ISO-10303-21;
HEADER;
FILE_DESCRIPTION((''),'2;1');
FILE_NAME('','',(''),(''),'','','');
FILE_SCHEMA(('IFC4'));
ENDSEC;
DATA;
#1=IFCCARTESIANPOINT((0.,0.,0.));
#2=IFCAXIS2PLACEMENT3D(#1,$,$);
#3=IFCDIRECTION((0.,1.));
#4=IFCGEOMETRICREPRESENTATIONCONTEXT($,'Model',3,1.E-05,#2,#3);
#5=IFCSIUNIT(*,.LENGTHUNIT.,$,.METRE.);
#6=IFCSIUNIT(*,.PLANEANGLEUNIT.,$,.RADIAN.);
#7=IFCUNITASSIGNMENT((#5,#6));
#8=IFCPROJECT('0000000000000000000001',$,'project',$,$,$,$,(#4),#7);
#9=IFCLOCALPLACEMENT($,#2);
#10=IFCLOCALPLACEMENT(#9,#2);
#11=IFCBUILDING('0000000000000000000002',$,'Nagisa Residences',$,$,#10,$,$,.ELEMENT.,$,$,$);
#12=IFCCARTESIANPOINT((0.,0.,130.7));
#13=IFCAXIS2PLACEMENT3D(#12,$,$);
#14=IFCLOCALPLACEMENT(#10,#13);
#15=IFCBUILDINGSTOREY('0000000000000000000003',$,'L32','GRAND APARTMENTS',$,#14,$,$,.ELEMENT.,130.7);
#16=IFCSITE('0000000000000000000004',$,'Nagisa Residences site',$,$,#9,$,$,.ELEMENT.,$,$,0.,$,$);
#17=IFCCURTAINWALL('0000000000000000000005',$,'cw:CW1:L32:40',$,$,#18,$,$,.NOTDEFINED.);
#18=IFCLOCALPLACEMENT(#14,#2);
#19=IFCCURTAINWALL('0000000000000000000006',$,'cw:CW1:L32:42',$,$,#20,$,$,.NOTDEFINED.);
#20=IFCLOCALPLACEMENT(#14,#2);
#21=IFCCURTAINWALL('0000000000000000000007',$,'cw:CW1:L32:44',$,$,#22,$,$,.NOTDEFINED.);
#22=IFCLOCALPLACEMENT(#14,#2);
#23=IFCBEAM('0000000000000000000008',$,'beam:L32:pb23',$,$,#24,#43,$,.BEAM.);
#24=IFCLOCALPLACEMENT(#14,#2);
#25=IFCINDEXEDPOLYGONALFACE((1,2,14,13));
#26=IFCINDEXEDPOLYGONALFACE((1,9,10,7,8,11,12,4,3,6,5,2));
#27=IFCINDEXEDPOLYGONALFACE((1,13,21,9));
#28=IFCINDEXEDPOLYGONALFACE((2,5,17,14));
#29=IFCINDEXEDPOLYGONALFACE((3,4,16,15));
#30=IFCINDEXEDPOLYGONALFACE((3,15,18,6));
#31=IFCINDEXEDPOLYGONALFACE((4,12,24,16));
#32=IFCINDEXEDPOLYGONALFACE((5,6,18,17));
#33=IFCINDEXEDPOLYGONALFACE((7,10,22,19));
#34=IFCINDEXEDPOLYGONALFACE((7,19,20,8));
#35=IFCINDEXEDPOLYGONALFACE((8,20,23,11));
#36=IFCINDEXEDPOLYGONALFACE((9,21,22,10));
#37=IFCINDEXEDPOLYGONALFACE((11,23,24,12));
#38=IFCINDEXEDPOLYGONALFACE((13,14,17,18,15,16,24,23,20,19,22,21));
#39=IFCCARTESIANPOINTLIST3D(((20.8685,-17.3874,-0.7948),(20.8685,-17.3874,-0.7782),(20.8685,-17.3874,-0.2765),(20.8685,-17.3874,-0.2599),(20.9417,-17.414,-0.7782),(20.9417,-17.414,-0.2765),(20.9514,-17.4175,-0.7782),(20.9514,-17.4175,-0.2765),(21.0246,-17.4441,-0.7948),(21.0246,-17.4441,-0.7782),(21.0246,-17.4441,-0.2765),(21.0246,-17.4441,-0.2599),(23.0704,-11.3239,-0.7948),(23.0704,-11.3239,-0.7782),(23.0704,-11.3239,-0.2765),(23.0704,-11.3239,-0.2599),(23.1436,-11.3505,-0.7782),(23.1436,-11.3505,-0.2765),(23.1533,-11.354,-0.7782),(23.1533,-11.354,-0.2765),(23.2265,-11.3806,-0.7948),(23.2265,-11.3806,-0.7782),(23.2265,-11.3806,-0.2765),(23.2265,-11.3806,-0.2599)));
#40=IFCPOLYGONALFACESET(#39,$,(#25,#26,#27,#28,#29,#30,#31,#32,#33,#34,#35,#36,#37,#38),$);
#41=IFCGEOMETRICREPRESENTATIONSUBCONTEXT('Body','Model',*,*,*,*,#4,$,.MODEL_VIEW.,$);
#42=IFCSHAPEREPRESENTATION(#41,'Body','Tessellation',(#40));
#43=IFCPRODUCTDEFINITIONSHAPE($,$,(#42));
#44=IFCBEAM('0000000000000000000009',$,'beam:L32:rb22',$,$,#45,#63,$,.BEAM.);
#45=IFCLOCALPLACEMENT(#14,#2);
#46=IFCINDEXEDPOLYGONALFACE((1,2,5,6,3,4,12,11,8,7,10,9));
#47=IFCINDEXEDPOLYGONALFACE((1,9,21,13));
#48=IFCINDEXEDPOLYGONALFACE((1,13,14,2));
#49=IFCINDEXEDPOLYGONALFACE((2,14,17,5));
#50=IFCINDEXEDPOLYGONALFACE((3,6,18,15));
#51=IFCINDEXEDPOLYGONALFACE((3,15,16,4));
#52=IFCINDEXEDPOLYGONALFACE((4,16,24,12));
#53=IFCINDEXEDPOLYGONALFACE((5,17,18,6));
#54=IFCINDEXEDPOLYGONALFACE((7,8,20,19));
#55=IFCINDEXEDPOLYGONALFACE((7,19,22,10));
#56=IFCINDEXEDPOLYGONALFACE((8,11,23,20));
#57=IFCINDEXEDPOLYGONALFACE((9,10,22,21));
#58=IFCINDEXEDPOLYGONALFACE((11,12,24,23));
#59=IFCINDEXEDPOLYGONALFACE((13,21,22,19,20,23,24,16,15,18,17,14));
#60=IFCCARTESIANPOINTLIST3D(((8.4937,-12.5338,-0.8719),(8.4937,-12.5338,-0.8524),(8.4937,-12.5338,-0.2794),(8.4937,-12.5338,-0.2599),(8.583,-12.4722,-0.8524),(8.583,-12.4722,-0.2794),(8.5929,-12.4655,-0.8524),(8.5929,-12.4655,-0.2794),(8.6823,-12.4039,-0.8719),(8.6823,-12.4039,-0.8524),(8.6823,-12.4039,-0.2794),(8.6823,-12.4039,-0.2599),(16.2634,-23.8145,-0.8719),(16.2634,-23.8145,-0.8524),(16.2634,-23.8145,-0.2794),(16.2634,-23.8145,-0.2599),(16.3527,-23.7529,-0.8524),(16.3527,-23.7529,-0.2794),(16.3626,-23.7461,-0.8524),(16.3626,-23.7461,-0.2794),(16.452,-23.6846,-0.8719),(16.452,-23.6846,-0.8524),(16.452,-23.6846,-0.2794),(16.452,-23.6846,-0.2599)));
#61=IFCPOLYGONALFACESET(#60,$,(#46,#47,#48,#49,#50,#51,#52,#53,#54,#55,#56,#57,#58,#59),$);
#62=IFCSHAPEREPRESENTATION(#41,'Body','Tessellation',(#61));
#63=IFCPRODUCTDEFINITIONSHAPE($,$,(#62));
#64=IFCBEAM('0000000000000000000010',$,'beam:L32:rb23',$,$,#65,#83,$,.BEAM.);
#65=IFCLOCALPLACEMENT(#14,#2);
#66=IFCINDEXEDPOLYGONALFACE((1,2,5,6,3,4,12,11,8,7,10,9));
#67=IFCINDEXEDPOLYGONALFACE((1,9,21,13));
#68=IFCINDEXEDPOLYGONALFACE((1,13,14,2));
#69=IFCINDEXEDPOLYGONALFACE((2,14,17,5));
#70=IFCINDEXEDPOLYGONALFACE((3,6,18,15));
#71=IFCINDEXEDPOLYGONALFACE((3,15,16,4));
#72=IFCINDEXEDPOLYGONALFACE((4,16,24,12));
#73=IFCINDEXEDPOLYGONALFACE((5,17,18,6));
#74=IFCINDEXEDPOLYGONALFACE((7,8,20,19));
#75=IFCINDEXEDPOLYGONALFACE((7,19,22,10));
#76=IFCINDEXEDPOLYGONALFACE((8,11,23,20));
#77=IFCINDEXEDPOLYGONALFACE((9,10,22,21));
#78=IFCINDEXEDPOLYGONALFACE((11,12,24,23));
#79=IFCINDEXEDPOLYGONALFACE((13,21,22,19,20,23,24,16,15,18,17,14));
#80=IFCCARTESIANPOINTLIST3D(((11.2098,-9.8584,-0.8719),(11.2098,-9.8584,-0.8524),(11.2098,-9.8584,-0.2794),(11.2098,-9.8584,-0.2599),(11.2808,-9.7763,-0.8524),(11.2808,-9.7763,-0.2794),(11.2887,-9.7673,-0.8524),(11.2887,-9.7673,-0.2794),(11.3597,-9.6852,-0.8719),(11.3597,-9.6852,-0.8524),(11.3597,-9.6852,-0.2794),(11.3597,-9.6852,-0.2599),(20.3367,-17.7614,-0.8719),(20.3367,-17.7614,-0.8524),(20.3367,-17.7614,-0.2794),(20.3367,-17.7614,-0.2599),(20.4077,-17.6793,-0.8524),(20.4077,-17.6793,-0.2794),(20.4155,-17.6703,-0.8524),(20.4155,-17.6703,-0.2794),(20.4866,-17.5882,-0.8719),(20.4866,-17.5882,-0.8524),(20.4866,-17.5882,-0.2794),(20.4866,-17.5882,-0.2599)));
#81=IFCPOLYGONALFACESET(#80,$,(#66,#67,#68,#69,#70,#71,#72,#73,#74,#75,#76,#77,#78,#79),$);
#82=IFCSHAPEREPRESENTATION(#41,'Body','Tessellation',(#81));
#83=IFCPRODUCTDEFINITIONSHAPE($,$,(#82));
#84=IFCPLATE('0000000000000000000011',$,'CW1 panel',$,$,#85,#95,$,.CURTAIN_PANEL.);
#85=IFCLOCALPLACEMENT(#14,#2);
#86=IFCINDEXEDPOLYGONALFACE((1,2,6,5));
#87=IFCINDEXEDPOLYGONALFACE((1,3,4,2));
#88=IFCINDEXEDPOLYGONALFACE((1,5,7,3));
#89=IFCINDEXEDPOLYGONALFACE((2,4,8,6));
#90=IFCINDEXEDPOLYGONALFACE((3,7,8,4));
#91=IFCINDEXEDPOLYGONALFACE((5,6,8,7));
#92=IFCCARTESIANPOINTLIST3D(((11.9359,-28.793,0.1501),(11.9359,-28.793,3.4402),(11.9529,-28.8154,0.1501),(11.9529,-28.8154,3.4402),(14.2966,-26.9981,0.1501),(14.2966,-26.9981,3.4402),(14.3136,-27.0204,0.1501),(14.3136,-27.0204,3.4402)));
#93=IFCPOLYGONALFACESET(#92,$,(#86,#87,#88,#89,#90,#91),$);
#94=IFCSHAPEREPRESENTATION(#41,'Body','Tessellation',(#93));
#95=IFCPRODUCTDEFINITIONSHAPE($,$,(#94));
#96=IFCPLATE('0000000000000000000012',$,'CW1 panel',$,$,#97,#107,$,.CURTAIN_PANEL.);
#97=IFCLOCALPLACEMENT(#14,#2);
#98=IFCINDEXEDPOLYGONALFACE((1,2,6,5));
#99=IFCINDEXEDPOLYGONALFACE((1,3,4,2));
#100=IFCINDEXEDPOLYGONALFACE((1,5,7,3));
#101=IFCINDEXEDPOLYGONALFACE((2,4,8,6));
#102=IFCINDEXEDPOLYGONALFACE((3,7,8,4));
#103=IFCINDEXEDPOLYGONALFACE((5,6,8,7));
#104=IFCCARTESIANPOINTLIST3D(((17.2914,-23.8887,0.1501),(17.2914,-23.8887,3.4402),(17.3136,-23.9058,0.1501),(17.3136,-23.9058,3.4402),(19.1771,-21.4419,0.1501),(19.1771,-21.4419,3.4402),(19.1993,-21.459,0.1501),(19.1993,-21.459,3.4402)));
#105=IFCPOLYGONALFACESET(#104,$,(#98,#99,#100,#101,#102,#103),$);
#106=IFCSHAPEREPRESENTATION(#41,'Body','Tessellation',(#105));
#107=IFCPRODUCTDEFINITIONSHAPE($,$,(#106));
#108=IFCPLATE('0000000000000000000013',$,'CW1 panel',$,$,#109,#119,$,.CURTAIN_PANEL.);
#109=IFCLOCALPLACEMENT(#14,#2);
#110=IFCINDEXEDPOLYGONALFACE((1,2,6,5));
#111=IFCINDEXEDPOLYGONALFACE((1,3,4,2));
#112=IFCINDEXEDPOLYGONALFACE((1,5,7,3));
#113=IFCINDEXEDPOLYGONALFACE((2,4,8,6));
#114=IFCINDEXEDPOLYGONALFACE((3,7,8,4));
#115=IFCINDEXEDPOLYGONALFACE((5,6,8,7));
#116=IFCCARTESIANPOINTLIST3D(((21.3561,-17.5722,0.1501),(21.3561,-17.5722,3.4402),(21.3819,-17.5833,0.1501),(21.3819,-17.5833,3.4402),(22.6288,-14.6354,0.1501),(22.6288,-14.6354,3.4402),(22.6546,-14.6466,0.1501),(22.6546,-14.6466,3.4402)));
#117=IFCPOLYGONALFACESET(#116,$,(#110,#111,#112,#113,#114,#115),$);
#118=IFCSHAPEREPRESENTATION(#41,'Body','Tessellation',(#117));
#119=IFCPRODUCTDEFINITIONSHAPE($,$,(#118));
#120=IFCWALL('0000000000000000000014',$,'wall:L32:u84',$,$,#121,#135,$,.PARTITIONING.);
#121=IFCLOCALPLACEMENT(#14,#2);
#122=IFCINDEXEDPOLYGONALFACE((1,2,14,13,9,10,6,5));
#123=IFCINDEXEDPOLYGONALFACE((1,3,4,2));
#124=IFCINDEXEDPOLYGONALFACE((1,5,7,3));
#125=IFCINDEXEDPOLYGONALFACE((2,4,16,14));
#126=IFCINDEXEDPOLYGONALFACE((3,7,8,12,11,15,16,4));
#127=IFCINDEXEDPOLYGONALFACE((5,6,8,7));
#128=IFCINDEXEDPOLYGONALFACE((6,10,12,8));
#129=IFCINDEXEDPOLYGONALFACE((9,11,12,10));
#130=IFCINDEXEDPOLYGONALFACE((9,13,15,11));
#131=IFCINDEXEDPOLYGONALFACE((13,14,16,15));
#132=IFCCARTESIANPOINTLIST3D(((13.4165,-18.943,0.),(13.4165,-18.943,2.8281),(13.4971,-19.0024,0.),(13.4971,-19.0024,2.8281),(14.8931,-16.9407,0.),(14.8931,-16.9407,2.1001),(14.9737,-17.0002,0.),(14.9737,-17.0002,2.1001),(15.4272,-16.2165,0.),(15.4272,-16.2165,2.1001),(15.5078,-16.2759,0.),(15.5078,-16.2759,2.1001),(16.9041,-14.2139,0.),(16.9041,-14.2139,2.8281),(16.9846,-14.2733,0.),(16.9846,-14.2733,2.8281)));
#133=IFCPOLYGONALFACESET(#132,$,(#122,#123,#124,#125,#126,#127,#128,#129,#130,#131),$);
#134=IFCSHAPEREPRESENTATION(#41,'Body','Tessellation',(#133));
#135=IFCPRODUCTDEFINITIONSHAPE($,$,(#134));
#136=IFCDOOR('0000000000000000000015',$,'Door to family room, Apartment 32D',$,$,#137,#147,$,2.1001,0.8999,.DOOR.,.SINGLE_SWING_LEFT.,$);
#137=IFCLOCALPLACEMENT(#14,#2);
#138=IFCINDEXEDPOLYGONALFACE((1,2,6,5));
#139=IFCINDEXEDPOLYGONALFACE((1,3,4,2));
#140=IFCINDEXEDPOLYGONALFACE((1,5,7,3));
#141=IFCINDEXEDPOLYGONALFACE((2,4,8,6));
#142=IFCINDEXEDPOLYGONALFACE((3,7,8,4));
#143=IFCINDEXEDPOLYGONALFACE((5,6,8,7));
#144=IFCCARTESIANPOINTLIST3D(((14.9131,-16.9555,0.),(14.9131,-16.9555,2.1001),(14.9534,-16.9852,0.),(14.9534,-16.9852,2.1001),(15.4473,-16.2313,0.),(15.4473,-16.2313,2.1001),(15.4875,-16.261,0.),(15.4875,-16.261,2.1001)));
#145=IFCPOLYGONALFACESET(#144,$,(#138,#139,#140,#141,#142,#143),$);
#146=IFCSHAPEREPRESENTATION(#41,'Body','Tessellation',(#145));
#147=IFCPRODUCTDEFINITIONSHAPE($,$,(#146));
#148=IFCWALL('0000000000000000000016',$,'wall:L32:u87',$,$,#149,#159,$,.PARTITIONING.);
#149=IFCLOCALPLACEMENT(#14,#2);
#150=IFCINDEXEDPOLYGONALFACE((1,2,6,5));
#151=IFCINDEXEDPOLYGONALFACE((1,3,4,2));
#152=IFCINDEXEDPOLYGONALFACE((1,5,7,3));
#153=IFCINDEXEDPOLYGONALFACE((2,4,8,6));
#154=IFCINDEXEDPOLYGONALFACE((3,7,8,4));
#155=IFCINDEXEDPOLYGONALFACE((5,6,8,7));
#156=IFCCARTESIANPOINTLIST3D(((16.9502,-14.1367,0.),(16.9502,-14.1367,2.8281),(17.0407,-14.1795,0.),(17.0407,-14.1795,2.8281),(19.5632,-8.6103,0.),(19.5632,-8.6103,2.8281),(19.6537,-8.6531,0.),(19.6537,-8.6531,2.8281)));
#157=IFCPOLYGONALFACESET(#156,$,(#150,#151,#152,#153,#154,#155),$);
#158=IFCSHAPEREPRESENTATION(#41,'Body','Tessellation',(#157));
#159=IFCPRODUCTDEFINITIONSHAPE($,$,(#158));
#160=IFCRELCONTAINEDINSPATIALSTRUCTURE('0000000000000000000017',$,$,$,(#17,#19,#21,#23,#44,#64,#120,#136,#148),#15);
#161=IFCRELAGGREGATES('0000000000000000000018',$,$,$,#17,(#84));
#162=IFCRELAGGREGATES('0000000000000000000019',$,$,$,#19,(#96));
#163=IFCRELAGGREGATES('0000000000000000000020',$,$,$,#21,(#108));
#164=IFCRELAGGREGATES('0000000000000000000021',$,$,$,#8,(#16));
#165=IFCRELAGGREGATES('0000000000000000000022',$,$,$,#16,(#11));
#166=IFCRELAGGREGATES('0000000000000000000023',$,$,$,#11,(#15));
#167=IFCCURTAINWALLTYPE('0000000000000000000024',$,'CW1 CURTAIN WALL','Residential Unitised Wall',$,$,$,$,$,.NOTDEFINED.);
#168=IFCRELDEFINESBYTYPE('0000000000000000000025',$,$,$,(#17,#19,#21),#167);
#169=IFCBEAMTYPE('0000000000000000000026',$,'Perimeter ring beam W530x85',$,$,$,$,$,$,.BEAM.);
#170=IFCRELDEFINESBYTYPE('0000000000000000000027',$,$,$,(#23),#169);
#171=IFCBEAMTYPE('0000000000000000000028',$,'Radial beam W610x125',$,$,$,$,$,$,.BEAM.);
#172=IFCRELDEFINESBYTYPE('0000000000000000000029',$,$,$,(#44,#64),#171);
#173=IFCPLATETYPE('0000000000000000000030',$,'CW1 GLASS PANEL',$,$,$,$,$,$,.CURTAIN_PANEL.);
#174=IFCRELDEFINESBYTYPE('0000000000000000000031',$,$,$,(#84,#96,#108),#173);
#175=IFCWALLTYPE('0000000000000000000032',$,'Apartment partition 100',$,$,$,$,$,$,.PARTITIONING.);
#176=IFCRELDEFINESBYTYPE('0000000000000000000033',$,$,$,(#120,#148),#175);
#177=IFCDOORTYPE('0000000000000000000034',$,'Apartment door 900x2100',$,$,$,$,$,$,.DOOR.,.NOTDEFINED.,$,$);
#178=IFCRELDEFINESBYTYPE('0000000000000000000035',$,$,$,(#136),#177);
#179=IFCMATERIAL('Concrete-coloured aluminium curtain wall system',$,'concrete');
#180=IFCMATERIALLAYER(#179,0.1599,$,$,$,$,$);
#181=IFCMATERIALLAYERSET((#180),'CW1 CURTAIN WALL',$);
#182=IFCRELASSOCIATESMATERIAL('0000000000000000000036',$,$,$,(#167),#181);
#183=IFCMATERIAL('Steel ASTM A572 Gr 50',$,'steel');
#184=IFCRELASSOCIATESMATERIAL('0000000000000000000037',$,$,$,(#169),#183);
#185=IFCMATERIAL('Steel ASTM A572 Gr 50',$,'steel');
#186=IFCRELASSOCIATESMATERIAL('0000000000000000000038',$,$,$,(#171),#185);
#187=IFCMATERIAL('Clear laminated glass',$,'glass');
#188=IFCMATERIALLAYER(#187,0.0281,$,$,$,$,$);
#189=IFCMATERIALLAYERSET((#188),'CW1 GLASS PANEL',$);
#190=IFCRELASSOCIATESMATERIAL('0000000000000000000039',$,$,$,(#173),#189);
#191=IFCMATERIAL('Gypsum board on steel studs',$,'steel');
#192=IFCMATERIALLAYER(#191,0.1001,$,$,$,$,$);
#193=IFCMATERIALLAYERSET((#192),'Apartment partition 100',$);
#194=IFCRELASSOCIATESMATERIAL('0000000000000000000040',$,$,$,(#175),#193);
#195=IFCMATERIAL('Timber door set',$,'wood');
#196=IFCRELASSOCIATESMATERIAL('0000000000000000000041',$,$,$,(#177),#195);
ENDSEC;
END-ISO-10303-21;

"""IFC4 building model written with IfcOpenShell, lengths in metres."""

from ifc_helpers import new_model, si_unit, direction, frame, frame_2d, origin, origin_2d, place, context, subcontext, project, spatial, rectangle, i_section, extrude, material, layer, layer_set, material_profile, profile_set, type_object, element, fill, aggregate, save


model = new_model("IFC4")

# Units and contexts
model_context = context("Model", 3, precision=1e-05, world=origin(), true_north=direction((0.0, 1.0)))
body_context = subcontext(model_context, "Body", "Model", "MODEL_VIEW")
ifc_project = project(units=[si_unit("LENGTHUNIT", "METRE"), si_unit("PLANEANGLEUNIT", "RADIAN")], contexts=[model_context])

# Site, building, storey
site_placement = place(None, origin())
site = spatial("IfcSite", under=ifc_project, at=site_placement, Name="Nagisa Residences site", CompositionType="ELEMENT", RefElevation=0.0)
building_placement = place(site_placement, origin())
building = spatial("IfcBuilding", under=site, at=building_placement, Name="Nagisa Residences", CompositionType="ELEMENT")
storey_placement = place(building_placement, frame((0.0, 0.0, 130.7)))
storey = spatial("IfcBuildingStorey", under=building, at=storey_placement, Name="L32", Description="GRAND APARTMENTS", CompositionType="ELEMENT", Elevation=130.7)

# Curtain walls
ifc_material_1 = material(Name="Concrete-coloured aluminium curtain wall system", Category="concrete")
ifc_layer_1 = layer(ifc_material_1, 0.1599)
ifc_layer_set_1 = layer_set([ifc_layer_1], Name="CW1 CURTAIN WALL")
curtain_wall_type = type_object("IfcCurtainWallType", Name="CW1 CURTAIN WALL", Description="Residential Unitised Wall", PredefinedType="NOTDEFINED", material=ifc_layer_set_1)
curtain_wall_1_placement = place(storey_placement, origin())
curtain_wall_1 = element("IfcCurtainWall", 1, at=curtain_wall_1_placement, inside=storey, type_object=curtain_wall_type, Name="cw:CW1:L32:40", PredefinedType="NOTDEFINED")
curtain_wall_2_placement = place(storey_placement, origin())
curtain_wall_2 = element("IfcCurtainWall", 2, at=curtain_wall_2_placement, inside=storey, type_object=curtain_wall_type, Name="cw:CW1:L32:42", PredefinedType="NOTDEFINED")
curtain_wall_3_placement = place(storey_placement, origin())
curtain_wall_3 = element("IfcCurtainWall", 3, at=curtain_wall_3_placement, inside=storey, type_object=curtain_wall_type, Name="cw:CW1:L32:44", PredefinedType="NOTDEFINED")

# Beams
ifc_material_2 = material(Name="Steel ASTM A572 Gr 50", Category="steel")
ifc_material_profile_1 = material_profile(ifc_material_2, i_section(OverallWidth=0.166, OverallDepth=0.5349, WebThickness=0.0103, FlangeThickness=0.0166, at=origin_2d()), Name="W530x85")
ifc_profile_set_1 = profile_set([ifc_material_profile_1], Name="Steel ASTM A572 Gr 50")
beam_type_1 = type_object("IfcBeamType", Name="Perimeter ring beam W530x85", PredefinedType="BEAM", material=ifc_profile_set_1)
beam_1_placement = place(storey_placement, frame((20.9465, -17.4158, -0.5273), z_axis=(0.341333, 0.939943, 0.0), x_axis=(-0.939943, 0.341333, 0.0)))
element("IfcBeam", 4, at=beam_1_placement, inside=storey, type_object=beam_type_1, Name="beam:L32:pb23", PredefinedType="BEAM", context=body_context, shape_type="SweptSolid", body=[
    extrude(i_section(OverallWidth=0.166, OverallDepth=0.5349, WebThickness=0.0103, FlangeThickness=0.0166, at=origin_2d()), origin(), (0.0, 0.0, 1.0), 6.4509),
])
ifc_material_3 = material(Name="Steel ASTM A572 Gr 50", Category="steel")
ifc_material_profile_2 = material_profile(ifc_material_3, i_section(OverallWidth=0.229, OverallDepth=0.6121, WebThickness=0.012, FlangeThickness=0.0195, at=origin_2d()), Name="W610x125")
ifc_profile_set_2 = profile_set([ifc_material_profile_2], Name="Steel ASTM A572 Gr 50")
beam_type_2 = type_object("IfcBeamType", Name="Radial beam W610x125", PredefinedType="BEAM", material=ifc_profile_set_2)
beam_2_placement = place(storey_placement, frame((16.3577, -23.7495, -0.5659), z_axis=(-0.567235, 0.823556, 0.0), x_axis=(-0.823556, -0.567235, 0.0)))
element("IfcBeam", 5, at=beam_2_placement, inside=storey, type_object=beam_type_2, Name="beam:L32:rb22", PredefinedType="BEAM", context=body_context, shape_type="SweptSolid", body=[
    extrude(i_section(OverallWidth=0.229, OverallDepth=0.6121, WebThickness=0.012, FlangeThickness=0.0195, at=origin_2d()), origin(), (0.0, 0.0, 1.0), 13.6975),
])
beam_3_placement = place(storey_placement, frame((20.4116, -17.6748, -0.5659), z_axis=(-0.755974, 0.654602, 0.0), x_axis=(-0.654602, -0.755974, 0.0)))
element("IfcBeam", 6, at=beam_3_placement, inside=storey, type_object=beam_type_2, Name="beam:L32:rb23", PredefinedType="BEAM", context=body_context, shape_type="SweptSolid", body=[
    extrude(i_section(OverallWidth=0.229, OverallDepth=0.6121, WebThickness=0.012, FlangeThickness=0.0195, at=origin_2d()), origin(), (0.0, 0.0, 1.0), 12.073),
])

# Plates
ifc_material_4 = material(Name="Clear laminated glass", Category="glass")
ifc_layer_2 = layer(ifc_material_4, 0.0281)
ifc_layer_set_2 = layer_set([ifc_layer_2], Name="CW1 GLASS PANEL")
plate_type = type_object("IfcPlateType", Name="CW1 GLASS PANEL", PredefinedType="CURTAIN_PANEL", material=ifc_layer_set_2)
plate_1_placement = place(storey_placement, frame((13.1248, -27.9067, 0.1501), z_axis=(0.0, 0.0, 1.0), x_axis=(0.796031, 0.605255, 0.0)))
plate_1 = element("IfcPlate", 7, at=plate_1_placement, type_object=plate_type, Name="CW1 panel", PredefinedType="CURTAIN_PANEL", context=body_context, shape_type="SweptSolid", body=[
    extrude(rectangle(XDim=2.9656, YDim=0.0281, at=origin_2d()), origin(), (0.0, 0.0, 1.0), 3.29),
])
aggregate(curtain_wall_1, [plate_1])
plate_2_placement = place(storey_placement, frame((18.2454, -22.6738, 0.1501), z_axis=(0.0, 0.0, 1.0), x_axis=(0.61043, 0.79207, 0.0)))
plate_2 = element("IfcPlate", 8, at=plate_2_placement, type_object=plate_type, Name="CW1 panel", PredefinedType="CURTAIN_PANEL", context=body_context, shape_type="SweptSolid", body=[
    extrude(rectangle(XDim=3.0891, YDim=0.0281, at=origin_2d()), origin(), (0.0, 0.0, 1.0), 3.29),
])
aggregate(curtain_wall_2, [plate_2])
plate_3_placement = place(storey_placement, frame((22.0054, -16.1094, 0.1501), z_axis=(0.0, 0.0, 1.0), x_axis=(0.397636, 0.917543, 0.0)))
plate_3 = element("IfcPlate", 9, at=plate_3_placement, type_object=plate_type, Name="CW1 panel", PredefinedType="CURTAIN_PANEL", context=body_context, shape_type="SweptSolid", body=[
    extrude(rectangle(XDim=3.2007, YDim=0.0281, at=origin_2d()), origin(), (0.0, 0.0, 1.0), 3.29),
])
aggregate(curtain_wall_3, [plate_3])

# Wall, opening, door
ifc_material_5 = material(Name="Gypsum board on steel studs", Category="steel")
ifc_layer_3 = layer(ifc_material_5, 0.1001)
ifc_layer_set_3 = layer_set([ifc_layer_3], Name="Apartment partition 100")
wall_type_1 = type_object("IfcWallType", Name="Apartment partition 100", PredefinedType="PARTITIONING", material=ifc_layer_set_3)
wall_1_placement = place(storey_placement, frame((13.4568, -18.9727, 0.0), z_axis=(0.0, 0.0, 1.0), x_axis=(0.593532, 0.80481, 0.0)))
wall_1 = element("IfcWall", 10, at=wall_1_placement, inside=storey, type_object=wall_type_1, Name="wall:L32:u84", PredefinedType="PARTITIONING", context=body_context, shape_type="SweptSolid", body=[
    extrude(rectangle(XDim=5.876, YDim=0.1001, at=frame_2d((2.938, 0.0))), origin(), (0.0, 0.0, 1.0), 2.8281),
])
opening_1_placement = place(wall_1_placement, frame((2.4878, 0.0, 0.0)))
opening_1 = element("IfcOpeningElement", 11, at=opening_1_placement, cuts=wall_1, PredefinedType="OPENING", context=body_context, shape_type="SweptSolid", body=[
    extrude(rectangle(XDim=0.8999, YDim=2.1001, at=frame_2d((0.45, 1.05))), frame((0.0, 0.0601, 0.0), z_axis=(0.0, -1.0, 0.0), x_axis=(1.0, 0.0, 0.0)), (0.0, 0.0, 1.0), 0.1201),
])
ifc_material_6 = material(Name="Timber door set", Category="wood")
door_type_1 = type_object("IfcDoorType", Name="Apartment door 900x2100", OperationType="NOTDEFINED", PredefinedType="DOOR", material=ifc_material_6)
door_1_placement = place(opening_1_placement, frame((0.8999, 0.0, 0.0), x_axis=(-1.0, 0.0, 0.0)))
door_1 = element("IfcDoor", 12, at=door_1_placement, inside=storey, type_object=door_type_1, Name="Door to family room, Apartment 32D", OperationType="SINGLE_SWING_LEFT", OverallHeight=2.1001, OverallWidth=0.8999, PredefinedType="DOOR", context=body_context, shape_type="SweptSolid", body=[
    extrude(rectangle(XDim=0.8999, YDim=2.1001, at=frame_2d((0.45, 1.05))), frame((0.0, 0.0249, 0.0), z_axis=(0.0, -1.0, 0.0), x_axis=(1.0, 0.0, 0.0)), (0.0, 0.0, 1.0), 0.05),
])
fill(opening_1, door_1)

# Wall
wall_2_placement = place(storey_placement, frame((16.9954, -14.1582, 0.0), z_axis=(0.0, 0.0, 1.0), x_axis=(0.427456, 0.904036, 0.0)))
element("IfcWall", 13, at=wall_2_placement, inside=storey, type_object=wall_type_1, Name="wall:L32:u87", PredefinedType="PARTITIONING", context=body_context, shape_type="SweptSolid", body=[
    extrude(rectangle(XDim=6.113, YDim=0.1001, at=frame_2d((3.0566, 0.0))), origin(), (0.0, 0.0, 1.0), 2.8281),
])

save(model, "model.ifc")
